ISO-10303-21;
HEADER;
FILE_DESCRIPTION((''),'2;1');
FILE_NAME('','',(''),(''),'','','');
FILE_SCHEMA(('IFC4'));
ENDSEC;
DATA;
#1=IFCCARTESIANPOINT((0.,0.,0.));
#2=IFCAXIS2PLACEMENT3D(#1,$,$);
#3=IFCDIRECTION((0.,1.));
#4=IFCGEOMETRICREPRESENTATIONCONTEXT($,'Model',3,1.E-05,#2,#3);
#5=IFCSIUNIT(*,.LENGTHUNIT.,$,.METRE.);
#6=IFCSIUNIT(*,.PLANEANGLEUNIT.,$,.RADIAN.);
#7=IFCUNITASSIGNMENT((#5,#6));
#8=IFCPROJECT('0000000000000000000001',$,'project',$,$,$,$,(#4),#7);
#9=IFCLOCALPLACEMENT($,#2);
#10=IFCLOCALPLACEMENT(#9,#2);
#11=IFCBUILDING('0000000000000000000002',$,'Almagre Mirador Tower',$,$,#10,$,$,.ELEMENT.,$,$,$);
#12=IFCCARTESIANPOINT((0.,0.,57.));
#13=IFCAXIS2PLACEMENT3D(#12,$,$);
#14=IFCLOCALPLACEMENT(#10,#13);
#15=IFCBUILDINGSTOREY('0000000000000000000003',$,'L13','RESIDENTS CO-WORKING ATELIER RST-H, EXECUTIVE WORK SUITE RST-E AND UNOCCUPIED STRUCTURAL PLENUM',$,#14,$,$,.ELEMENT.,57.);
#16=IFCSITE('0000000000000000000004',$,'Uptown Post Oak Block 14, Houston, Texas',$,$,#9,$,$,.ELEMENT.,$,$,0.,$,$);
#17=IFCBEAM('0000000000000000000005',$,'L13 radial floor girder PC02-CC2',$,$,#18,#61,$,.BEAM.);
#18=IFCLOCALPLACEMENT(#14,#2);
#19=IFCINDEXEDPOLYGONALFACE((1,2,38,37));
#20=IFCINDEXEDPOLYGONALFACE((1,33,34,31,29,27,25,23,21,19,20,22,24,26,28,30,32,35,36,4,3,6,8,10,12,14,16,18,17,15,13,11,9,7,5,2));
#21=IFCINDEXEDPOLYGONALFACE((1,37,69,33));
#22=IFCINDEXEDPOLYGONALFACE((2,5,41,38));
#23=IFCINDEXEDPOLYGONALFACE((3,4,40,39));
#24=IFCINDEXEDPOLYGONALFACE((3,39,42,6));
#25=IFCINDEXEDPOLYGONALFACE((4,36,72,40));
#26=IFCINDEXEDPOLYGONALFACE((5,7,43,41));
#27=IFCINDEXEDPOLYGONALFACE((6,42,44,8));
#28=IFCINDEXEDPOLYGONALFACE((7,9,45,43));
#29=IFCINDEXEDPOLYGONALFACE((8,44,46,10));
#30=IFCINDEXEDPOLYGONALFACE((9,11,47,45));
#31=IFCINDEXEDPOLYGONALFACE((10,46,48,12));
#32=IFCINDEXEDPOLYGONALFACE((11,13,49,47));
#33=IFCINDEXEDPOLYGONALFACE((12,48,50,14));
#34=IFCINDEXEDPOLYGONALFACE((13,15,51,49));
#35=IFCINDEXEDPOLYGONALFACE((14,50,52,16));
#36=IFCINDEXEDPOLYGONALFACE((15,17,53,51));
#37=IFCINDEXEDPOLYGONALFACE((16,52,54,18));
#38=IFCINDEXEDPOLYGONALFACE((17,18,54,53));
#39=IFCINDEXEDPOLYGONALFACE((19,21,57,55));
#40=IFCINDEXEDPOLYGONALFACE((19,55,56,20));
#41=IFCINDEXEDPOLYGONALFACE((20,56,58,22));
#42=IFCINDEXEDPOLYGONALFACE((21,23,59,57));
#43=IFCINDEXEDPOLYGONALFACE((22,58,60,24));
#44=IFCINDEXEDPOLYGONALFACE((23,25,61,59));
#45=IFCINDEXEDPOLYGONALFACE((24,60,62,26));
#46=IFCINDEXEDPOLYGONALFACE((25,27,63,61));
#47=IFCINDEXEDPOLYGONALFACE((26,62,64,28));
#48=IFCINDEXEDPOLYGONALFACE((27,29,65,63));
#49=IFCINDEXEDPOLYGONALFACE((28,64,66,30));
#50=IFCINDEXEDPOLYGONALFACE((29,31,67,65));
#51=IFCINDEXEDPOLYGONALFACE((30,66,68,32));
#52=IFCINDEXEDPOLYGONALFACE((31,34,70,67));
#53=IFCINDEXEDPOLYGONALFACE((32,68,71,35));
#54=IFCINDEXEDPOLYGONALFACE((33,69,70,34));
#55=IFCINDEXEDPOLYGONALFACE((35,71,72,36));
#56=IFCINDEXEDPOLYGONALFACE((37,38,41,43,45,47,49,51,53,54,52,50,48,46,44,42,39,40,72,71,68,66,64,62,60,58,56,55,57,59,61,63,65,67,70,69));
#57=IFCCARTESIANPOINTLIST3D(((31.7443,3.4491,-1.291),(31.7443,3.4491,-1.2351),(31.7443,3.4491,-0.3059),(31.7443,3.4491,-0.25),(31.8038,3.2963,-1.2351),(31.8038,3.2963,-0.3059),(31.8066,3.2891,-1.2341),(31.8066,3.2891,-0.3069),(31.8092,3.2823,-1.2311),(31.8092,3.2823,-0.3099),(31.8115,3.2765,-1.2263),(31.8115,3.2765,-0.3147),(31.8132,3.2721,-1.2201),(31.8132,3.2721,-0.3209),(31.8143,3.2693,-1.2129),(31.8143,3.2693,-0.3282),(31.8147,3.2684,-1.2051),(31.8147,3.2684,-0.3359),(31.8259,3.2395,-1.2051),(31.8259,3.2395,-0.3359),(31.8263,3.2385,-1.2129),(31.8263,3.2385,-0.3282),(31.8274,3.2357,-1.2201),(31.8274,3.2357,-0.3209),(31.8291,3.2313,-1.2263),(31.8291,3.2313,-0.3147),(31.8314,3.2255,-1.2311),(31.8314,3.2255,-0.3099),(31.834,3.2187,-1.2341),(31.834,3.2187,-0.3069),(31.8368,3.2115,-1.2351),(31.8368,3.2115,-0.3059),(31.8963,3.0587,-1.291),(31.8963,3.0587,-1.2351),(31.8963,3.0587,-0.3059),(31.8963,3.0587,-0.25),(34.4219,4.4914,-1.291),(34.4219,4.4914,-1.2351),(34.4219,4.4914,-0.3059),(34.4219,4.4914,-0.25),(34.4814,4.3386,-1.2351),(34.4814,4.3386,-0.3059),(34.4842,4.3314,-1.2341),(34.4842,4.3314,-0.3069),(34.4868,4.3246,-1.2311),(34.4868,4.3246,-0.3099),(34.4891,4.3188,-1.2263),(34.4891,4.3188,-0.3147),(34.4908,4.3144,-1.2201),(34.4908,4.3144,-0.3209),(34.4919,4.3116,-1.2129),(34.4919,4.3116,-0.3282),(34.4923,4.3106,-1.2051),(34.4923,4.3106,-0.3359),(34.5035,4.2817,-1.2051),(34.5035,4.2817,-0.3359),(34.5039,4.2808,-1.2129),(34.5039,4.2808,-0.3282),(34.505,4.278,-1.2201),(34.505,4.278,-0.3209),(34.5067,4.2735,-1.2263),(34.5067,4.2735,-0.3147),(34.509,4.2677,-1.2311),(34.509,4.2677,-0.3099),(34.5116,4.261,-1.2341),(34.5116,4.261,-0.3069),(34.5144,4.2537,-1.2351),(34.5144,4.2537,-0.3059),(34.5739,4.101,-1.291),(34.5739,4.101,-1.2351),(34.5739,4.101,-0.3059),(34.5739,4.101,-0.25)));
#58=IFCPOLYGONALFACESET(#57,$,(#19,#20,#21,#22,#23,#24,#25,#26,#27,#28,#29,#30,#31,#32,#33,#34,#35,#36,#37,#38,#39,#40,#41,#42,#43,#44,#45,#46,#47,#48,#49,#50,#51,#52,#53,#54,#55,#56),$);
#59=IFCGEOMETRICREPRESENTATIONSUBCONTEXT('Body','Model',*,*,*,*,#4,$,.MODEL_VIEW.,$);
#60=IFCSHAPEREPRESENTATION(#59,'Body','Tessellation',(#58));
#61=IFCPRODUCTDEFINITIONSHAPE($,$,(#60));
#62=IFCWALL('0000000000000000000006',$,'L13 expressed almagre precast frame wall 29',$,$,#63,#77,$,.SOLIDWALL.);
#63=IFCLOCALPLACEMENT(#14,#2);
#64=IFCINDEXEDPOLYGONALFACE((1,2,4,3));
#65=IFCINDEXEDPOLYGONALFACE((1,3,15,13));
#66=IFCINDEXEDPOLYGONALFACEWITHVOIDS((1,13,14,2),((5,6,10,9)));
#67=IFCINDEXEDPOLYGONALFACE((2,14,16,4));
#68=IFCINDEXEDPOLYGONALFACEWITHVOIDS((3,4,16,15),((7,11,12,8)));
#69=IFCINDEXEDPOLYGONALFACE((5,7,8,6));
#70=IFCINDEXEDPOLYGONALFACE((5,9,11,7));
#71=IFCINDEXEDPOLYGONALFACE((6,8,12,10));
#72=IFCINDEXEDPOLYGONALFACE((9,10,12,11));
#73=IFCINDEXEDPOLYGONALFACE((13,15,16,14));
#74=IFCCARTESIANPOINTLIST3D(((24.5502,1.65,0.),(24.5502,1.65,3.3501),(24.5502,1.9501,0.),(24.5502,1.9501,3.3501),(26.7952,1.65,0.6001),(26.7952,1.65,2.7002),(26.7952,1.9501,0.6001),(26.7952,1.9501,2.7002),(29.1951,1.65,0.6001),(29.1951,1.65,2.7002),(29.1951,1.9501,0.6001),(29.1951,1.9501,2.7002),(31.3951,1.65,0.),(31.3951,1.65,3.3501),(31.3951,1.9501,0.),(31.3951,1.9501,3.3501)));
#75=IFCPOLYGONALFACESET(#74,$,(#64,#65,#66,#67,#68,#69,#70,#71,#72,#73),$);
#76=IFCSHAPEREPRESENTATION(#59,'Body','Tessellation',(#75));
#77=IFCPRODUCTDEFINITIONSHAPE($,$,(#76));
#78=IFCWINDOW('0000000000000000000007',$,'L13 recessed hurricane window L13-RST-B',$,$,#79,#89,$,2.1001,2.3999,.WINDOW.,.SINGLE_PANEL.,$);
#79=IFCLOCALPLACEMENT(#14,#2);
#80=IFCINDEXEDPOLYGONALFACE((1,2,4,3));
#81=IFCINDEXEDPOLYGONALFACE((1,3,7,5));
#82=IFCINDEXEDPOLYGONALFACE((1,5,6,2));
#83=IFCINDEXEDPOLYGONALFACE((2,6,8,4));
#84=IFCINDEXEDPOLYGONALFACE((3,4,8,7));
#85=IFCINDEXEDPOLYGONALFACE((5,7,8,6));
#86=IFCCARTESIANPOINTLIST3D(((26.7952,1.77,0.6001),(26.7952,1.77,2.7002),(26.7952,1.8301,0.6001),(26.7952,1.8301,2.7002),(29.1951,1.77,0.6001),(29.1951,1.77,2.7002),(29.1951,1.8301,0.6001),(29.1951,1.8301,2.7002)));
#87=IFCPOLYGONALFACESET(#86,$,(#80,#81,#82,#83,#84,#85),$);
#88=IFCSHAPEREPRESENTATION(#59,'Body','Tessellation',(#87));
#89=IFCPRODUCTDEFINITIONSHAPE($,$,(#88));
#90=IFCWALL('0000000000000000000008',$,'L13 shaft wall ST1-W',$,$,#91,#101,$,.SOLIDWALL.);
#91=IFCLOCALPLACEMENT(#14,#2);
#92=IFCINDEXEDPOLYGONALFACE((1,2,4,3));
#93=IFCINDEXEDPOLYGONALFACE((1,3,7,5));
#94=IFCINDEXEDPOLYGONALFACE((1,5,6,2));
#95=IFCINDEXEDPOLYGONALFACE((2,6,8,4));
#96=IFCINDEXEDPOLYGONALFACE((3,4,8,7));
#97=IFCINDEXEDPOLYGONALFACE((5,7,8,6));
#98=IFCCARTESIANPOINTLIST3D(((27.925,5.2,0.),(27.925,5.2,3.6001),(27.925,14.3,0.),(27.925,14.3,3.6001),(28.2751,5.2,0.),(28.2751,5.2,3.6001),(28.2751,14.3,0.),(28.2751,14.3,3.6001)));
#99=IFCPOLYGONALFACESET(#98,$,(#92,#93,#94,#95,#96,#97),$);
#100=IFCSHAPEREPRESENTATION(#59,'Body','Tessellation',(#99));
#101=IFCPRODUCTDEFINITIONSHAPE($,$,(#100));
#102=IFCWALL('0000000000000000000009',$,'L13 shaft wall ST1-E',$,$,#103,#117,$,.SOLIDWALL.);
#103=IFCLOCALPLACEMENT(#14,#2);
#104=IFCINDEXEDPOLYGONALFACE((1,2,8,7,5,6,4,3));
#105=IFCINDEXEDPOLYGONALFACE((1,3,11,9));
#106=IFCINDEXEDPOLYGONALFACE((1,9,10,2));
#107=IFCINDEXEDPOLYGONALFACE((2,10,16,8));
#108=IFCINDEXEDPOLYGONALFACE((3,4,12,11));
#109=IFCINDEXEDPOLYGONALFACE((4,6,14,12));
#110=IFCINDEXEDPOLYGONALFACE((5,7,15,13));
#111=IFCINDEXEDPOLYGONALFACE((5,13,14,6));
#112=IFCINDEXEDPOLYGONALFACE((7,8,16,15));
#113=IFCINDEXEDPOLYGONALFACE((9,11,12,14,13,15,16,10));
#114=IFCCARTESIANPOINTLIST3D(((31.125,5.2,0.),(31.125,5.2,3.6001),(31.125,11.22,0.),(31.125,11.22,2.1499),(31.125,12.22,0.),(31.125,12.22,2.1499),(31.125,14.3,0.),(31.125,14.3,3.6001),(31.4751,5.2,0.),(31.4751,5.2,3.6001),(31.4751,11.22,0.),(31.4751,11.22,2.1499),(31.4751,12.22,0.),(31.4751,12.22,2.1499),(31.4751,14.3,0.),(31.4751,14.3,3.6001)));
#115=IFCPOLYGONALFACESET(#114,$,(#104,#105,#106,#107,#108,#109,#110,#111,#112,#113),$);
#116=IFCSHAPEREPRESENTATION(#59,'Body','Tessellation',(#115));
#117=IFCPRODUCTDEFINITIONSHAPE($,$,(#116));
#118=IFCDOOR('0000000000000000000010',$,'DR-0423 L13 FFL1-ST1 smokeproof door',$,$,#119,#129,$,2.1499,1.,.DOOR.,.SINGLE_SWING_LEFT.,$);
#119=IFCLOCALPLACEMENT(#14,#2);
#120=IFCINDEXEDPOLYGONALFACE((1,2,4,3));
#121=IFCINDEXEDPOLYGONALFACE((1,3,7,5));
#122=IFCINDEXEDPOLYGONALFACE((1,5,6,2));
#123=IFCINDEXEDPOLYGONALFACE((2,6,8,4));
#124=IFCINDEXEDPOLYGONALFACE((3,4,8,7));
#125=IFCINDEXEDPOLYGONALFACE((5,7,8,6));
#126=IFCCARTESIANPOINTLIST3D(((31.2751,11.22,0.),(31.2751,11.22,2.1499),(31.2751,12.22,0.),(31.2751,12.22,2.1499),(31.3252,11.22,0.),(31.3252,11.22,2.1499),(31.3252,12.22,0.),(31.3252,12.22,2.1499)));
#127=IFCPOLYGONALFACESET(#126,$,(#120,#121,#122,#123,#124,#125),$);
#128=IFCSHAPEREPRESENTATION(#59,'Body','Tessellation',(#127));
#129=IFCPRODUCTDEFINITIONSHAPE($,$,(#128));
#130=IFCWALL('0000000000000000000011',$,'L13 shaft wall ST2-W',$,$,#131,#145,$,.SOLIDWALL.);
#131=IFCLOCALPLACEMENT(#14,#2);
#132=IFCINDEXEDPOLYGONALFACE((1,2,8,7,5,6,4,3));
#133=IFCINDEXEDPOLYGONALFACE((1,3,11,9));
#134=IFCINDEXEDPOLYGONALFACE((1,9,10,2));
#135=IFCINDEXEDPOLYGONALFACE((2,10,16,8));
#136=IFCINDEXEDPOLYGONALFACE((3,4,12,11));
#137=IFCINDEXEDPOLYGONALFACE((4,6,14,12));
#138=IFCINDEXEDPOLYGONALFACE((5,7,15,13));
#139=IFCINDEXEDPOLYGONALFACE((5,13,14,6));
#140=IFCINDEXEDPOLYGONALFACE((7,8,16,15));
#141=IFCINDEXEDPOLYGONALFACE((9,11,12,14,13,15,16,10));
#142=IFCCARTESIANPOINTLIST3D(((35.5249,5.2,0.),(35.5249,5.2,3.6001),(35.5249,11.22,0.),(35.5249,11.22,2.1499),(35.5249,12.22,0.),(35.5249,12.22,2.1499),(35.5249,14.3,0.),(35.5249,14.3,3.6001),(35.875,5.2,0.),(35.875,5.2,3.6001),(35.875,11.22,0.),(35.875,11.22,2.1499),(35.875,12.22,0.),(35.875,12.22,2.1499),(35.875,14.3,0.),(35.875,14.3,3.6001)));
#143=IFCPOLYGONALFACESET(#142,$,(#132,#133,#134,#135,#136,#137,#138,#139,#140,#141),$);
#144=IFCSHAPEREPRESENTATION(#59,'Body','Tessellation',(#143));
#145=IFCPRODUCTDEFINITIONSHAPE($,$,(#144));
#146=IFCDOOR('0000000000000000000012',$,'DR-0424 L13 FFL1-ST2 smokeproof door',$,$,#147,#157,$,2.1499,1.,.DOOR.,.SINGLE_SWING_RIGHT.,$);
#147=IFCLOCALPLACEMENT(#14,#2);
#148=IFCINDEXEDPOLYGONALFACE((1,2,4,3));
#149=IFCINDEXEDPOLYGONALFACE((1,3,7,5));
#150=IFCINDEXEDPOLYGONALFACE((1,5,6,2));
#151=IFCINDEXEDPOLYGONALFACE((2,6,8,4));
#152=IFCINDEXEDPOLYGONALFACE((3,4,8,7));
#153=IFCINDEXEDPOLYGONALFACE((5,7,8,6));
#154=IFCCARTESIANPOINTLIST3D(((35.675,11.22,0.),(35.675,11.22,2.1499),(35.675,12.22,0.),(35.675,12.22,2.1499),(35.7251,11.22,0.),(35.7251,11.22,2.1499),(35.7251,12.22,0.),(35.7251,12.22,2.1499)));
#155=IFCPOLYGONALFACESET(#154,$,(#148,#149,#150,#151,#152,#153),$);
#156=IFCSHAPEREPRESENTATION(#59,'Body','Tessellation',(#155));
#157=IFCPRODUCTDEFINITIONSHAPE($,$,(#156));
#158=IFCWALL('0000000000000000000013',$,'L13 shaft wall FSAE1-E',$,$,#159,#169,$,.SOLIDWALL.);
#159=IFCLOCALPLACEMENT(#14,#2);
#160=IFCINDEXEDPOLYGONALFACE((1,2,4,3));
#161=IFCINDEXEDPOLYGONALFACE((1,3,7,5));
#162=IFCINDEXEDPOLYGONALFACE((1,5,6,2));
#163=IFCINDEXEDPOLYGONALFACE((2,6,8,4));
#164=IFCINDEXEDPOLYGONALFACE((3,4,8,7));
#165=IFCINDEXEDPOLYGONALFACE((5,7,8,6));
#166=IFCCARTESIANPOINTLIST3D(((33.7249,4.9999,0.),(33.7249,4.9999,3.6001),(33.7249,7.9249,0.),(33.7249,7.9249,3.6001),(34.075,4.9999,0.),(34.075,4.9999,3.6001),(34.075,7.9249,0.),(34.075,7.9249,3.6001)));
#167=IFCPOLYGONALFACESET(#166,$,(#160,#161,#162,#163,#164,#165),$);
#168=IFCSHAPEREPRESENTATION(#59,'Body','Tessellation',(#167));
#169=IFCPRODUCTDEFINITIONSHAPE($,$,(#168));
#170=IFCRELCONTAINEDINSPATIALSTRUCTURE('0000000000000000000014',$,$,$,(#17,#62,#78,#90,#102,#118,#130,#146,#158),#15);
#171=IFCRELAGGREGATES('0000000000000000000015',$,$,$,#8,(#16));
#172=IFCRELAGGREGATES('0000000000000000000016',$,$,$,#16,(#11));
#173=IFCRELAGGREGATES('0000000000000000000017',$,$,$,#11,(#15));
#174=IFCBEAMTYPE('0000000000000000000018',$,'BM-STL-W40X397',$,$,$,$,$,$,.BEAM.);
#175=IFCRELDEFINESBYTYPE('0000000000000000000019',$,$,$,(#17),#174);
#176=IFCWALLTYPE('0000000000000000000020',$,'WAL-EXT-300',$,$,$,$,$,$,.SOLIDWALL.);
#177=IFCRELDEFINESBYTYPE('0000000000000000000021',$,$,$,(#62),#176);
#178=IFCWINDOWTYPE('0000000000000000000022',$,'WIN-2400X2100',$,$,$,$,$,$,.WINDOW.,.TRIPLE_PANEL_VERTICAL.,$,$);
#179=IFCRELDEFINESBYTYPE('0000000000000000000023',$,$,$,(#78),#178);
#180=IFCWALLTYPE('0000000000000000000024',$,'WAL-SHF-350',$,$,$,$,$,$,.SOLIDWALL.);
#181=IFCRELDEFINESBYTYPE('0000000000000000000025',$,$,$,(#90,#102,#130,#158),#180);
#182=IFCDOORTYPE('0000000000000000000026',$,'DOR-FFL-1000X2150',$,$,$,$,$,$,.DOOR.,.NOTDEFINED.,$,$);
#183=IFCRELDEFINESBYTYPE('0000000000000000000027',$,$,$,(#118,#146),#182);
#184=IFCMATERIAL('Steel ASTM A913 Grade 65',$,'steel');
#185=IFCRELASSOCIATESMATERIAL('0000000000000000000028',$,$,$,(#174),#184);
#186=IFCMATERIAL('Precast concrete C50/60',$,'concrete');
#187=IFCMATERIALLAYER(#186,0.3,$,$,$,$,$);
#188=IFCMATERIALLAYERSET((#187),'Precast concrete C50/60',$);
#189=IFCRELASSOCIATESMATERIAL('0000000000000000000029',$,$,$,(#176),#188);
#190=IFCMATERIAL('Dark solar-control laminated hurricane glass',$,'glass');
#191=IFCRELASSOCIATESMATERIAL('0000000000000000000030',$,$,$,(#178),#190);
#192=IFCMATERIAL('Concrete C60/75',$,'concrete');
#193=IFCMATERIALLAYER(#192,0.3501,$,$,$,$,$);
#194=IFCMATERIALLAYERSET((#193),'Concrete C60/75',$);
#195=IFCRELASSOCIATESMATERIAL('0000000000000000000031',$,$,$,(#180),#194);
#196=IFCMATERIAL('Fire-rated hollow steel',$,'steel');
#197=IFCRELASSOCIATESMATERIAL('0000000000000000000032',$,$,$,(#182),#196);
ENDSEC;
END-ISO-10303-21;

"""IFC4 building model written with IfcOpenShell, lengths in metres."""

from ifc_helpers import new_model, si_unit, direction, frame, frame_2d, origin, origin_2d, place, context, subcontext, project, spatial, rectangle, i_section, extrude, material, layer, layer_set, material_profile, profile_set, type_object, element, fill, save


model = new_model("IFC4")

# Units and contexts
model_context = context("Model", 3, precision=1e-05, world=origin(), true_north=direction((0.0, 1.0)))
body_context = subcontext(model_context, "Body", "Model", "MODEL_VIEW")
ifc_project = project(units=[si_unit("LENGTHUNIT", "METRE"), si_unit("PLANEANGLEUNIT", "RADIAN")], contexts=[model_context])

# Site, building, storey
site_placement = place(None, origin())
site = spatial("IfcSite", under=ifc_project, at=site_placement, Name="Uptown Post Oak Block 14, Houston, Texas", CompositionType="ELEMENT", RefElevation=0.0)
building_placement = place(site_placement, origin())
building = spatial("IfcBuilding", under=site, at=building_placement, Name="Almagre Mirador Tower", CompositionType="ELEMENT")
storey_placement = place(building_placement, frame((0.0, 0.0, 57.0)))
storey = spatial("IfcBuildingStorey", under=building, at=storey_placement, Name="L13", Description="RESIDENTS CO-WORKING ATELIER RST-H, EXECUTIVE WORK SUITE RST-E AND UNOCCUPIED STRUCTURAL PLENUM", CompositionType="ELEMENT", Elevation=57.0)

# Beam
ifc_material_1 = material(Name="Steel ASTM A913 Grade 65", Category="steel")
ifc_material_profile_1 = material_profile(ifc_material_1, i_section(OverallWidth=0.4189, OverallDepth=1.041, WebThickness=0.031, FlangeThickness=0.0559, FilletRadius=0.03, at=origin_2d()), Name="W40X397")
ifc_profile_set_1 = profile_set([ifc_material_profile_1], Name="Steel ASTM A913 Grade 65")
beam_type_1 = type_object("IfcBeamType", Name="BM-STL-W40X397", PredefinedType="BEAM", material=ifc_profile_set_1)
beam_1_placement = place(storey_placement, frame((31.8203, 3.2539, -0.7705), z_axis=(0.931888, 0.362746, 0.0), x_axis=(-0.362746, 0.931888, 0.0)))
element("IfcBeam", 1, at=beam_1_placement, inside=storey, type_object=beam_type_1, Name="L13 radial floor girder PC02-CC2", PredefinedType="BEAM", context=body_context, shape_type="SweptSolid", body=[
    extrude(i_section(OverallWidth=0.4189, OverallDepth=1.041, WebThickness=0.031, FlangeThickness=0.0559, FilletRadius=0.03, at=origin_2d()), origin(), (0.0, 0.0, 1.0), 2.8733),
])

# Wall, opening, window
ifc_material_2 = material(Name="Precast concrete C50/60", Category="concrete")
ifc_layer_1 = layer(ifc_material_2, 0.3)
ifc_layer_set_1 = layer_set([ifc_layer_1], Name="Precast concrete C50/60")
wall_type_1 = type_object("IfcWallType", Name="WAL-EXT-300", PredefinedType="SOLIDWALL", material=ifc_layer_set_1)
wall_1_placement = place(storey_placement, frame((31.395, 1.8, 0.0), z_axis=(0.0, 0.0, 1.0), x_axis=(-1.0, 0.0, 0.0)))
wall_1 = element("IfcWall", 2, at=wall_1_placement, inside=storey, type_object=wall_type_1, Name="L13 expressed almagre precast frame wall 29", PredefinedType="SOLIDWALL", context=body_context, shape_type="SweptSolid", body=[
    extrude(rectangle(XDim=6.845, YDim=0.3, at=frame_2d((3.4224, 0.0))), origin(), (0.0, 0.0, 1.0), 3.3501),
])
opening_1_placement = place(wall_1_placement, frame((2.2, 0.0, 0.6001)))
opening_1 = element("IfcOpeningElement", 3, at=opening_1_placement, cuts=wall_1, PredefinedType="OPENING", context=body_context, shape_type="SweptSolid", body=[
    extrude(rectangle(XDim=2.3999, YDim=2.1001, at=frame_2d((1.2, 1.05))), frame((0.0, 0.1599, 0.0), z_axis=(0.0, -1.0, 0.0), x_axis=(1.0, 0.0, 0.0)), (0.0, 0.0, 1.0), 0.32),
])
ifc_material_3 = material(Name="Dark solar-control laminated hurricane glass", Category="glass")
window_type = type_object("IfcWindowType", Name="WIN-2400X2100", PartitioningType="TRIPLE_PANEL_VERTICAL", PredefinedType="WINDOW", material=ifc_material_3)
window_placement = place(opening_1_placement, origin())
window = element("IfcWindow", 4, at=window_placement, inside=storey, type_object=window_type, Name="L13 recessed hurricane window L13-RST-B", OverallHeight=2.1001, OverallWidth=2.3999, PartitioningType="SINGLE_PANEL", PredefinedType="WINDOW", context=body_context, shape_type="SweptSolid", body=[
    extrude(rectangle(XDim=2.3999, YDim=2.1001, at=frame_2d((1.2, 1.05))), frame((0.0, 0.03, 0.0), z_axis=(0.0, -1.0, 0.0), x_axis=(1.0, 0.0, 0.0)), (0.0, 0.0, 1.0), 0.0601),
])
fill(opening_1, window)

# Wall
ifc_material_4 = material(Name="Concrete C60/75", Category="concrete")
ifc_layer_2 = layer(ifc_material_4, 0.3501)
ifc_layer_set_2 = layer_set([ifc_layer_2], Name="Concrete C60/75")
wall_type_2 = type_object("IfcWallType", Name="WAL-SHF-350", PredefinedType="SOLIDWALL", material=ifc_layer_set_2)
wall_2_placement = place(storey_placement, frame((28.1001, 5.2, 0.0), z_axis=(0.0, 0.0, 1.0), x_axis=(0.0, 1.0, 0.0)))
element("IfcWall", 5, at=wall_2_placement, inside=storey, type_object=wall_type_2, Name="L13 shaft wall ST1-W", PredefinedType="SOLIDWALL", context=body_context, shape_type="SweptSolid", body=[
    extrude(rectangle(XDim=9.1001, YDim=0.3501, at=frame_2d((4.55, 0.0))), origin(), (0.0, 0.0, 1.0), 3.6001),
])

# Walls, openings, doors
wall_3_placement = place(storey_placement, frame((31.3, 5.2, 0.0), z_axis=(0.0, 0.0, 1.0), x_axis=(0.0, 1.0, 0.0)))
wall_3 = element("IfcWall", 6, at=wall_3_placement, inside=storey, type_object=wall_type_2, Name="L13 shaft wall ST1-E", PredefinedType="SOLIDWALL", context=body_context, shape_type="SweptSolid", body=[
    extrude(rectangle(XDim=9.1001, YDim=0.3501, at=frame_2d((4.55, 0.0))), origin(), (0.0, 0.0, 1.0), 3.6001),
])
opening_2_placement = place(wall_3_placement, frame((6.02, 0.0, 0.0)))
opening_2 = element("IfcOpeningElement", 7, at=opening_2_placement, cuts=wall_3, PredefinedType="OPENING", context=body_context, shape_type="SweptSolid", body=[
    extrude(rectangle(XDim=1.0, YDim=2.1499, at=frame_2d((0.5, 1.075))), frame((0.0, 0.185, 0.0), z_axis=(0.0, -1.0, 0.0), x_axis=(1.0, 0.0, 0.0)), (0.0, 0.0, 1.0), 0.3701),
])
ifc_material_5 = material(Name="Fire-rated hollow steel", Category="steel")
door_type = type_object("IfcDoorType", Name="DOR-FFL-1000X2150", OperationType="NOTDEFINED", PredefinedType="DOOR", material=ifc_material_5)
door_1_placement = place(opening_2_placement, origin())
door_1 = element("IfcDoor", 8, at=door_1_placement, inside=storey, type_object=door_type, Name="DR-0423 L13 FFL1-ST1 smokeproof door", OperationType="SINGLE_SWING_LEFT", OverallHeight=2.1499, OverallWidth=1.0, PredefinedType="DOOR", context=body_context, shape_type="SweptSolid", body=[
    extrude(rectangle(XDim=1.0, YDim=2.1499, at=frame_2d((0.5, 1.075))), frame((0.0, 0.0249, 0.0), z_axis=(0.0, -1.0, 0.0), x_axis=(1.0, 0.0, 0.0)), (0.0, 0.0, 1.0), 0.05),
])
fill(opening_2, door_1)
wall_4_placement = place(storey_placement, frame((35.7, 5.2, 0.0), z_axis=(0.0, 0.0, 1.0), x_axis=(0.0, 1.0, 0.0)))
wall_4 = element("IfcWall", 9, at=wall_4_placement, inside=storey, type_object=wall_type_2, Name="L13 shaft wall ST2-W", PredefinedType="SOLIDWALL", context=body_context, shape_type="SweptSolid", body=[
    extrude(rectangle(XDim=9.1001, YDim=0.3501, at=frame_2d((4.55, 0.0))), origin(), (0.0, 0.0, 1.0), 3.6001),
])
opening_3_placement = place(wall_4_placement, frame((6.02, 0.0, 0.0)))
opening_3 = element("IfcOpeningElement", 10, at=opening_3_placement, cuts=wall_4, PredefinedType="OPENING", context=body_context, shape_type="SweptSolid", body=[
    extrude(rectangle(XDim=1.0, YDim=2.1499, at=frame_2d((0.5, 1.075))), frame((0.0, 0.185, 0.0), z_axis=(0.0, -1.0, 0.0), x_axis=(1.0, 0.0, 0.0)), (0.0, 0.0, 1.0), 0.3701),
])
door_2_placement = place(opening_3_placement, origin())
door_2 = element("IfcDoor", 11, at=door_2_placement, inside=storey, type_object=door_type, Name="DR-0424 L13 FFL1-ST2 smokeproof door", OperationType="SINGLE_SWING_RIGHT", OverallHeight=2.1499, OverallWidth=1.0, PredefinedType="DOOR", context=body_context, shape_type="SweptSolid", body=[
    extrude(rectangle(XDim=1.0, YDim=2.1499, at=frame_2d((0.5, 1.075))), frame((0.0, 0.0249, 0.0), z_axis=(0.0, -1.0, 0.0), x_axis=(1.0, 0.0, 0.0)), (0.0, 0.0, 1.0), 0.05),
])
fill(opening_3, door_2)

# Wall
wall_5_placement = place(storey_placement, frame((33.8999, 5.0, 0.0), z_axis=(0.0, 0.0, 1.0), x_axis=(0.0, 1.0, 0.0)))
element("IfcWall", 12, at=wall_5_placement, inside=storey, type_object=wall_type_2, Name="L13 shaft wall FSAE1-E", PredefinedType="SOLIDWALL", context=body_context, shape_type="SweptSolid", body=[
    extrude(rectangle(XDim=2.925, YDim=0.3501, at=frame_2d((1.4624, 0.0))), origin(), (0.0, 0.0, 1.0), 3.6001),
])

save(model, "model.ifc")
